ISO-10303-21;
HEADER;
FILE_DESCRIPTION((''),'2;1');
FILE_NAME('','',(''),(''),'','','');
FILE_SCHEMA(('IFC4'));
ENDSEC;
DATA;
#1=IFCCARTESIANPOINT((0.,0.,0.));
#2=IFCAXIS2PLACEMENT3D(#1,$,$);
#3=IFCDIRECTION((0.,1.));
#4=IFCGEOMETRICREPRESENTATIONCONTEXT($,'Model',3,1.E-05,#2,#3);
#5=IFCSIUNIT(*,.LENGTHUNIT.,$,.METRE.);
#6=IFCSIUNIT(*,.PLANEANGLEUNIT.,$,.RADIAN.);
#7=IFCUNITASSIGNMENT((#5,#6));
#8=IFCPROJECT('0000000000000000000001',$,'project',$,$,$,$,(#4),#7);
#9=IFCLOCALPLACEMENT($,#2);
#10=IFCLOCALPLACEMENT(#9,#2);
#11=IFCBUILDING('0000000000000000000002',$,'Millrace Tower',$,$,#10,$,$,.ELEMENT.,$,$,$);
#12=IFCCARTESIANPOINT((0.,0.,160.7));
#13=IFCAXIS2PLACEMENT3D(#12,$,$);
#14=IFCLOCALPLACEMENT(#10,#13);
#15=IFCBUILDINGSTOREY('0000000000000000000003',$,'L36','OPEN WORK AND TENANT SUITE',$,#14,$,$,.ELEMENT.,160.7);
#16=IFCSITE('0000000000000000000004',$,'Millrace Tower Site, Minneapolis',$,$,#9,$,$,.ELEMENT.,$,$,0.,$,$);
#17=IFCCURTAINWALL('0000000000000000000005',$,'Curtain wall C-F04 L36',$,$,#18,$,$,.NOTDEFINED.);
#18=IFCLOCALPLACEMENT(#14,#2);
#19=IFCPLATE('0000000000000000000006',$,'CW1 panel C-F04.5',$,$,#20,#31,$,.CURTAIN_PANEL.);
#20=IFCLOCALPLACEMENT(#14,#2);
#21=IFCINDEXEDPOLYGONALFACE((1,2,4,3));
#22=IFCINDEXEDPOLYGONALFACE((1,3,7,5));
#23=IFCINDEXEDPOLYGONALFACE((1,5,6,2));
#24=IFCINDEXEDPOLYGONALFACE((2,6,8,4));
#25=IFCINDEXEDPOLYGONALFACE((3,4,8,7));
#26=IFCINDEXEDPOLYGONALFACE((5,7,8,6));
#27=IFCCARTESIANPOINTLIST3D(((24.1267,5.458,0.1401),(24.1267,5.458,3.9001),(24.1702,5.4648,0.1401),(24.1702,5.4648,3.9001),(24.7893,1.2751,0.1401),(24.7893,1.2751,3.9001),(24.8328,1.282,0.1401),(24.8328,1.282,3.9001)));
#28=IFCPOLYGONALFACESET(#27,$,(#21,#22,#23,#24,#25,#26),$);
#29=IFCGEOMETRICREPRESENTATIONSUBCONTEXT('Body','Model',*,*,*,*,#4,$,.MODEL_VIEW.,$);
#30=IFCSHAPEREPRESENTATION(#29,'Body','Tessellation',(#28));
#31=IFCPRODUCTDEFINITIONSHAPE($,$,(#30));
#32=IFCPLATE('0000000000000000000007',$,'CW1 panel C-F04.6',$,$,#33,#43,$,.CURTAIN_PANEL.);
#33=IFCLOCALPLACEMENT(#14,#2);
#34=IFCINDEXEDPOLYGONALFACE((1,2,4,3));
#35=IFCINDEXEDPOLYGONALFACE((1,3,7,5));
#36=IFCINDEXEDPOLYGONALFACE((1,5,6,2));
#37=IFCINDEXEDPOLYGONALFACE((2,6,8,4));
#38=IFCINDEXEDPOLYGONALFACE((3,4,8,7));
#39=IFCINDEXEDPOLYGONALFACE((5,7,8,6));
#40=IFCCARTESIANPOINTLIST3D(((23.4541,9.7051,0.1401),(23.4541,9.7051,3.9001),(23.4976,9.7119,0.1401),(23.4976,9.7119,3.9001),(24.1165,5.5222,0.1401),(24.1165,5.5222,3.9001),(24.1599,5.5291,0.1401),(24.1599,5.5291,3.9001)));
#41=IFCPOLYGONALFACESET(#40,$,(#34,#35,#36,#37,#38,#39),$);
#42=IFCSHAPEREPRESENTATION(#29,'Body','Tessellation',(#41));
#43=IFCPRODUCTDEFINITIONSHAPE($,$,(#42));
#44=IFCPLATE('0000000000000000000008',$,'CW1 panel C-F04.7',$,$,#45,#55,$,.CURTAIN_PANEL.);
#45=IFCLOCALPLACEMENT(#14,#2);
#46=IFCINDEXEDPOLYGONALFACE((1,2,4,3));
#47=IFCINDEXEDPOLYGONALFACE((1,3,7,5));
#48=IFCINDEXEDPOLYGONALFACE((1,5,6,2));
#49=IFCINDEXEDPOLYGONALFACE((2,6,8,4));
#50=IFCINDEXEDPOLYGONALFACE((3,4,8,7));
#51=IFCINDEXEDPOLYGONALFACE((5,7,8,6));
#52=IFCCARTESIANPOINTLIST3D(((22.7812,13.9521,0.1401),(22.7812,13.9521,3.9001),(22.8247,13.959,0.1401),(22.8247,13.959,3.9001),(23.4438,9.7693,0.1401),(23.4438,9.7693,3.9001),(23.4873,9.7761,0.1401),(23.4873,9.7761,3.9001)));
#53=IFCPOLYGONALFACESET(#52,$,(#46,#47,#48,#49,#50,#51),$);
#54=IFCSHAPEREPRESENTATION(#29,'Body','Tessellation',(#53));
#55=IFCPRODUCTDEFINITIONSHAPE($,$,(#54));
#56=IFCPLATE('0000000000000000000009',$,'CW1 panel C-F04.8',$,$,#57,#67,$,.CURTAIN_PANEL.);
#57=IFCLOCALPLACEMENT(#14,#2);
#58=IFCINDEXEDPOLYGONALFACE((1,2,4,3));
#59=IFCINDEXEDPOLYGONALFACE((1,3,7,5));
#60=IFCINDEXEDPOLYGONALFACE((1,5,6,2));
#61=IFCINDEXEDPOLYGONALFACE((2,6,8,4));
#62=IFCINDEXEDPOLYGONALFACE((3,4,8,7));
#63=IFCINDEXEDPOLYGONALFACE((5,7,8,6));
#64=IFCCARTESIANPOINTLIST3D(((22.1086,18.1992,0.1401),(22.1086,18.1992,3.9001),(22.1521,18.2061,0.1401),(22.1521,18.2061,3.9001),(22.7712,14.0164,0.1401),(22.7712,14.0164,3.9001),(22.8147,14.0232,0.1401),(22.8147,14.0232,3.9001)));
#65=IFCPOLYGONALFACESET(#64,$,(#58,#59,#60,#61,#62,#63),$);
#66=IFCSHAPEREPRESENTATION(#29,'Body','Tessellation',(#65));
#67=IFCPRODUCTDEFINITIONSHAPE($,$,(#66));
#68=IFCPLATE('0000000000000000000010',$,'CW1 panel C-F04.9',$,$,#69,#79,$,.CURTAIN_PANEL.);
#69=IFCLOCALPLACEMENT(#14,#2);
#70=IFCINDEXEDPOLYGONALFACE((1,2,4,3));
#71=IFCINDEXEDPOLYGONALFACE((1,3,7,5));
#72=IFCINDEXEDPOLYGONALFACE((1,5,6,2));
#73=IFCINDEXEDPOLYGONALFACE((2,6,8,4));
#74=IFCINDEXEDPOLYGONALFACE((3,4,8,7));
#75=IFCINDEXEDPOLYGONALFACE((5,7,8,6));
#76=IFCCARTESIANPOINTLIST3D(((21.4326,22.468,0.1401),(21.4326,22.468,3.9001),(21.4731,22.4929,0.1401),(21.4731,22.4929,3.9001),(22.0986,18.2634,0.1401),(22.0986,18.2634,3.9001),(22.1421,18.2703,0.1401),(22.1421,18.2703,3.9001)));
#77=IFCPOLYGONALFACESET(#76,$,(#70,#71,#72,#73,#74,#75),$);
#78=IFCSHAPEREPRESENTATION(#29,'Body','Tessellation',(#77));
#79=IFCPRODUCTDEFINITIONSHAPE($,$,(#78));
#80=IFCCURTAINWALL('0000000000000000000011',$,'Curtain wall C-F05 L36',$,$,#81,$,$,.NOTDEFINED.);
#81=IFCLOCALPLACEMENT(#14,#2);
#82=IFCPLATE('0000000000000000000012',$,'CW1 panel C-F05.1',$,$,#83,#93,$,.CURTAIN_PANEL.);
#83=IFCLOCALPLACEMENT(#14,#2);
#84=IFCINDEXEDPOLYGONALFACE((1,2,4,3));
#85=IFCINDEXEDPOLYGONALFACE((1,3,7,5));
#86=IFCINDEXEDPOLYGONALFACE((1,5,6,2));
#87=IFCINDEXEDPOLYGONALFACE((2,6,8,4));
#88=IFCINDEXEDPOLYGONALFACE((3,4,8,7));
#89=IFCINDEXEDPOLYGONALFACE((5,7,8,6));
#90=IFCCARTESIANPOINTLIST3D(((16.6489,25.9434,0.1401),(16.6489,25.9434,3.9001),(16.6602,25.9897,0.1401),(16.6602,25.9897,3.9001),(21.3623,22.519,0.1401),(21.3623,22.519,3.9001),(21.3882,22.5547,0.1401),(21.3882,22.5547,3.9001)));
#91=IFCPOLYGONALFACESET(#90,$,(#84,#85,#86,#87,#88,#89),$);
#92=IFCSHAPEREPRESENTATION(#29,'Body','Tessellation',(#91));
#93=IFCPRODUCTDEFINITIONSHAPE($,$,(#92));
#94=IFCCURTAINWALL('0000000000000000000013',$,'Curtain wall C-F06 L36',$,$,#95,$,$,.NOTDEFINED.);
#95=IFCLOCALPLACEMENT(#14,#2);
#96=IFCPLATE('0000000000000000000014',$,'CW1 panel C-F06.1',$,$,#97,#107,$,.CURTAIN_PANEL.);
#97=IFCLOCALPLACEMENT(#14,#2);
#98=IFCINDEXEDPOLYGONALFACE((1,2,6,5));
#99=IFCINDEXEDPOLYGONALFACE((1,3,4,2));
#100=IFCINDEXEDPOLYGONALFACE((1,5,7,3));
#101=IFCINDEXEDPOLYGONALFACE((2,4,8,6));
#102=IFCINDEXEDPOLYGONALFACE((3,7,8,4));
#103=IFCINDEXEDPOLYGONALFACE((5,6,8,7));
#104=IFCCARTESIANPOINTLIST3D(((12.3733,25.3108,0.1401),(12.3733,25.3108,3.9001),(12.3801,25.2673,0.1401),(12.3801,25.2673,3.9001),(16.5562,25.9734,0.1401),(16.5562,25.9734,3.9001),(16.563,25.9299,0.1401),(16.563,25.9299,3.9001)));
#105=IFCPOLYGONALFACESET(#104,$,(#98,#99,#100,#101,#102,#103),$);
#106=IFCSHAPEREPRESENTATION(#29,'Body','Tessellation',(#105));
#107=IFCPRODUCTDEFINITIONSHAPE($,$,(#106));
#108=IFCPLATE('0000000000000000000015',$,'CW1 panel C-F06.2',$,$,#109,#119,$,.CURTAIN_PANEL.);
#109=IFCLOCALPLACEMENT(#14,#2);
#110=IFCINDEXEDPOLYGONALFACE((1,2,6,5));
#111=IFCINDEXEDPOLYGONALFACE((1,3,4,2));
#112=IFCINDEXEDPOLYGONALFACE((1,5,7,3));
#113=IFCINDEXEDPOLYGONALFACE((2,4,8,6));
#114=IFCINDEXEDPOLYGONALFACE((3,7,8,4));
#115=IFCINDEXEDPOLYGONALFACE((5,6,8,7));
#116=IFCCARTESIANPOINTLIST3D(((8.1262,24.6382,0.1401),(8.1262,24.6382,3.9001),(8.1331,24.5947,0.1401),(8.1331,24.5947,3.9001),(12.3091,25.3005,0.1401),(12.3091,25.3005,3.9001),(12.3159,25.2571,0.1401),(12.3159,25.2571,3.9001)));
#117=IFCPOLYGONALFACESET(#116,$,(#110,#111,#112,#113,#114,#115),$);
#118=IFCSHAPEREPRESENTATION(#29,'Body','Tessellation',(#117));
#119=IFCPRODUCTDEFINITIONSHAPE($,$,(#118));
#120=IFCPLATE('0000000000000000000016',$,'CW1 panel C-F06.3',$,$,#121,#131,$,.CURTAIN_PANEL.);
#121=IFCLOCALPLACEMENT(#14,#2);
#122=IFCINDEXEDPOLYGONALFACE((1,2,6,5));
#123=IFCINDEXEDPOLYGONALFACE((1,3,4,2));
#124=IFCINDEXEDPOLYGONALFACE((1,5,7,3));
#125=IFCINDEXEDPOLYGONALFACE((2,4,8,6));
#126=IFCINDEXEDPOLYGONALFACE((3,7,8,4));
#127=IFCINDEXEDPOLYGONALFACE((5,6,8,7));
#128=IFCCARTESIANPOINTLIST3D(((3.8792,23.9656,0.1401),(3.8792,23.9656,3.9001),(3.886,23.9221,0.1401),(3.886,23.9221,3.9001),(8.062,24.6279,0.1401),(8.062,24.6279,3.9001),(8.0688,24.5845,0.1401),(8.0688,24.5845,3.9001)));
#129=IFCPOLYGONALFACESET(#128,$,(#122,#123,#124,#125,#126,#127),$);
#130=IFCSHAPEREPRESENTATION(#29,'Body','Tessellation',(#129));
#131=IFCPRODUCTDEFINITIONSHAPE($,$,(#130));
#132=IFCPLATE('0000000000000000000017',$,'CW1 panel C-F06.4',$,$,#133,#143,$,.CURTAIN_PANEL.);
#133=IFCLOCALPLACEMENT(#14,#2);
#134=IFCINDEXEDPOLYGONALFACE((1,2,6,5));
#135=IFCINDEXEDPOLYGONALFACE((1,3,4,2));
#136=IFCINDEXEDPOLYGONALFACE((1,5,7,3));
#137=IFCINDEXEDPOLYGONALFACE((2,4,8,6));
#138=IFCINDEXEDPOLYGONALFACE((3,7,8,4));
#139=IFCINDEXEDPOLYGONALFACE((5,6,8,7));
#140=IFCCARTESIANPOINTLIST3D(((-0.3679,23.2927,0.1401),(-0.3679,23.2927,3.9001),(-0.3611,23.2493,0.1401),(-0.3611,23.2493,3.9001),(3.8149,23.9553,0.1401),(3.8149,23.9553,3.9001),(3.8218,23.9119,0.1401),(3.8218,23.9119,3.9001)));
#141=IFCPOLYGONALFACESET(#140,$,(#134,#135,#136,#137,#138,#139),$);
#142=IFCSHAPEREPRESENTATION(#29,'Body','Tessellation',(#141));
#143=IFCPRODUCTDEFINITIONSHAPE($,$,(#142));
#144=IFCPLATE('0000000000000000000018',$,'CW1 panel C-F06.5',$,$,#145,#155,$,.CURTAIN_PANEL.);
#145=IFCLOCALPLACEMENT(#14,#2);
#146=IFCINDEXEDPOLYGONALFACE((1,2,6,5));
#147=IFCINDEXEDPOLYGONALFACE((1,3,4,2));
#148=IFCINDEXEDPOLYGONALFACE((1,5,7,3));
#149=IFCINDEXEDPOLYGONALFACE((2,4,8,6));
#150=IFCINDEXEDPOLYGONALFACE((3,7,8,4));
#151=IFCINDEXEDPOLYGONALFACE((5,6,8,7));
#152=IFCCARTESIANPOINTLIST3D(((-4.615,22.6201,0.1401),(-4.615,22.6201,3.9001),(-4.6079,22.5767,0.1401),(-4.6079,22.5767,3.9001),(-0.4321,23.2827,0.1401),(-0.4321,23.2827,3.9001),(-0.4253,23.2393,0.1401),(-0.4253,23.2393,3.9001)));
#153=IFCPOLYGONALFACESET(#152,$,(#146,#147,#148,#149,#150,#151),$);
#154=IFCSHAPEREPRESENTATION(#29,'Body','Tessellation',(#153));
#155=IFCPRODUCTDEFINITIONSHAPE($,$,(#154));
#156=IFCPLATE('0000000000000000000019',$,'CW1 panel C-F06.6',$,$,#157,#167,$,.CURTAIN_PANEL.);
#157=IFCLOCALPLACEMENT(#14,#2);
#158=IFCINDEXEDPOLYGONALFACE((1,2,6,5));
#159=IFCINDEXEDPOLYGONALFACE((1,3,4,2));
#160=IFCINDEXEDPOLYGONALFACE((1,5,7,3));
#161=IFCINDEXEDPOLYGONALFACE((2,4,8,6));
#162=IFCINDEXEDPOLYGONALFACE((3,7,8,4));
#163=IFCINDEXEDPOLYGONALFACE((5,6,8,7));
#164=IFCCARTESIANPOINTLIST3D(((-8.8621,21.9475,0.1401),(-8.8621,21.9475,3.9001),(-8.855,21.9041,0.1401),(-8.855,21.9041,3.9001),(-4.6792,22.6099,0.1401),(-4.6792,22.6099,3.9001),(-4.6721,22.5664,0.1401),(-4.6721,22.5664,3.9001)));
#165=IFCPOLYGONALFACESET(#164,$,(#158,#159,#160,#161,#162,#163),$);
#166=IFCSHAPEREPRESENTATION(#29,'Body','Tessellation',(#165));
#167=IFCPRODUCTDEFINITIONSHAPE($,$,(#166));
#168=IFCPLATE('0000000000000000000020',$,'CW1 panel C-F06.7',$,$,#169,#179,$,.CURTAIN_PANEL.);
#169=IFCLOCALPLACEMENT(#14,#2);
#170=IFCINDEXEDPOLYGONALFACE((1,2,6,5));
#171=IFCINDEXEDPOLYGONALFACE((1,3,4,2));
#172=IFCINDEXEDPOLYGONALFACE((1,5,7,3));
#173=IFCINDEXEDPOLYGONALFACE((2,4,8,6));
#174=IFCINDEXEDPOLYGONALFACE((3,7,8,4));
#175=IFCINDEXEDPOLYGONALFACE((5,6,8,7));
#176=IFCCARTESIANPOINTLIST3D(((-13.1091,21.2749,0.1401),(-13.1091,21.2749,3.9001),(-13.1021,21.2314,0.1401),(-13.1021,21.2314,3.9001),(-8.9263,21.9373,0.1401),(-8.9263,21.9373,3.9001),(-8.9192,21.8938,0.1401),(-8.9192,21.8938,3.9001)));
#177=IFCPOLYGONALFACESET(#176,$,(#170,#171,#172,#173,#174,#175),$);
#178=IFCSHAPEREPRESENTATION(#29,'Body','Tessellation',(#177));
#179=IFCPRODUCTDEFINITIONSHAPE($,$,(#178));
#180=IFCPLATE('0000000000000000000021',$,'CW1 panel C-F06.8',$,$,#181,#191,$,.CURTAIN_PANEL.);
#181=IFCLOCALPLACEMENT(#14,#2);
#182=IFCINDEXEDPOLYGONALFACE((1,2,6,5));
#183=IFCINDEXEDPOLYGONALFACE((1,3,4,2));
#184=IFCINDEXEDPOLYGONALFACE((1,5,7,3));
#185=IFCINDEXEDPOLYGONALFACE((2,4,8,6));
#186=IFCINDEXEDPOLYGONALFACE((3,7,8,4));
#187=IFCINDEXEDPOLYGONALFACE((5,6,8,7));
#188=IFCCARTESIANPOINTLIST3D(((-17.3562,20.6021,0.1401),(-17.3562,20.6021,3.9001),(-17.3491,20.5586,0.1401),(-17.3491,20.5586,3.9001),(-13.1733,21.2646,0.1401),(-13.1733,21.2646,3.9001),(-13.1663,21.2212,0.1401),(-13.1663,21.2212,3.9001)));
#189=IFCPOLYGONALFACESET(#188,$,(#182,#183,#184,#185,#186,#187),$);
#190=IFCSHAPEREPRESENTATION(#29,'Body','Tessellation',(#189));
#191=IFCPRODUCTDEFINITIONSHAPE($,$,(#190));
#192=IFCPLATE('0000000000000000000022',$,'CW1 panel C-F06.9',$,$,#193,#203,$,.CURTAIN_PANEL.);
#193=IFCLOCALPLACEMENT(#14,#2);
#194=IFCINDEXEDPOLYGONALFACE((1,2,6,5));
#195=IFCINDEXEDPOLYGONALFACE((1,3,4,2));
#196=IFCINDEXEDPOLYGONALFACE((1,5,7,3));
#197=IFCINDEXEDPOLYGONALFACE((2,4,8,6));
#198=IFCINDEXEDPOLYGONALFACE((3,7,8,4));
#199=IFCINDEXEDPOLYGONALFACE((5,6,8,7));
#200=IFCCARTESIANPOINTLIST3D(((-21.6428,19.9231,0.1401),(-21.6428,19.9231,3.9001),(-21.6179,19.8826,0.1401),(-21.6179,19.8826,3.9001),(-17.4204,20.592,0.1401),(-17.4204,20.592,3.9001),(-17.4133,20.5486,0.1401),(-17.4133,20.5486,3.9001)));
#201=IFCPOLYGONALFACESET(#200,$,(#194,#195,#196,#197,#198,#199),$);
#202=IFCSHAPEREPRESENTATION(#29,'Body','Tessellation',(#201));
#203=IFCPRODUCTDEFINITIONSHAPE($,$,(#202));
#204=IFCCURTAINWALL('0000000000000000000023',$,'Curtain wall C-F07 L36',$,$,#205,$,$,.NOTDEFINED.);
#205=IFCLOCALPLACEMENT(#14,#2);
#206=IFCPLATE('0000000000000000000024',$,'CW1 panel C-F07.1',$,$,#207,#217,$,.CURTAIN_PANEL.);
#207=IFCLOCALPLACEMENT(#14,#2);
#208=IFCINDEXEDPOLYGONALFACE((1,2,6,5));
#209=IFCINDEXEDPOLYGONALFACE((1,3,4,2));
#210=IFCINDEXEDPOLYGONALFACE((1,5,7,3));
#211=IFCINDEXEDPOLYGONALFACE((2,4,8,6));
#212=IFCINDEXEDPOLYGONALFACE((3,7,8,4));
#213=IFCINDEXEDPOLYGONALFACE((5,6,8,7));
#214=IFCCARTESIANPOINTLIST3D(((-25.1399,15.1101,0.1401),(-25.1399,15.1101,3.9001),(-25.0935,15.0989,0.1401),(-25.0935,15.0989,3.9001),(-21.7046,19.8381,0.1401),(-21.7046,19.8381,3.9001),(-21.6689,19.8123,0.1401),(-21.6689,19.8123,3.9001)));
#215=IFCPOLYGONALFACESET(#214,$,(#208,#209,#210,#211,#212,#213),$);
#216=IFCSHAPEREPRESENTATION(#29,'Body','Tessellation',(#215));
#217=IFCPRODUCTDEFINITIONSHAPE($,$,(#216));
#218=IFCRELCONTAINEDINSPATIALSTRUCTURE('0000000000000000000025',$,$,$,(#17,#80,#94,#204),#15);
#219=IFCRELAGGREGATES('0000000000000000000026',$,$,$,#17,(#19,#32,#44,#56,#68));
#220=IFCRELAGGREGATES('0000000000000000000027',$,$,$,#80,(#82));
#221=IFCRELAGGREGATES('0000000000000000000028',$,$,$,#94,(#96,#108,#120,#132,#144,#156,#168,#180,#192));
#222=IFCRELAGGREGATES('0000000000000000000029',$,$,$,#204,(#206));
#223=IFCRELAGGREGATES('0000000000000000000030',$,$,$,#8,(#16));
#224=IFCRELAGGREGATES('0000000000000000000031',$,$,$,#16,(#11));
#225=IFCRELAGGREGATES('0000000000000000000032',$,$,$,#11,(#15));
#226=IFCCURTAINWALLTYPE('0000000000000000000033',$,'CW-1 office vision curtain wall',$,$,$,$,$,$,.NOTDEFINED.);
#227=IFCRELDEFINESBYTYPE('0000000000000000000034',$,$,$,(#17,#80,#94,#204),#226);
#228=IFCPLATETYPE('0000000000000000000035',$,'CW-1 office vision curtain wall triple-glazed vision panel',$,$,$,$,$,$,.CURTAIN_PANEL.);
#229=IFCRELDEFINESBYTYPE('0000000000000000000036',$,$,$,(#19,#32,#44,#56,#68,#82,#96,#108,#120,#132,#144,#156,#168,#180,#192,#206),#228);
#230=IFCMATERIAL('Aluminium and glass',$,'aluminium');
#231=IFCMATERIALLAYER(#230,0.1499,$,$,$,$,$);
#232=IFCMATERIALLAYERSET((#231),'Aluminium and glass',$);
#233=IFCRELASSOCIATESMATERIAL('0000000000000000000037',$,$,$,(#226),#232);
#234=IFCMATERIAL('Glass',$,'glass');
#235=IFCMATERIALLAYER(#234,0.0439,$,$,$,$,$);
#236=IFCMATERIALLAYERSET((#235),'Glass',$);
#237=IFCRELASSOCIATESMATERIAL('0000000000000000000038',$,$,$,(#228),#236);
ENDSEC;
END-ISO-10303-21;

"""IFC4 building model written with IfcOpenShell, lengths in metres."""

from ifc_helpers import new_model, si_unit, direction, frame, origin, place, context, subcontext, project, spatial, polyline, outline, extrude, material, layer, layer_set, type_object, element, aggregate, save


model = new_model("IFC4")

# Units and contexts
model_context = context("Model", 3, precision=1e-05, world=origin(), true_north=direction((0.0, 1.0)))
body_context = subcontext(model_context, "Body", "Model", "MODEL_VIEW")
ifc_project = project(units=[si_unit("LENGTHUNIT", "METRE"), si_unit("PLANEANGLEUNIT", "RADIAN")], contexts=[model_context])

# Site, building, storey
site_placement = place(None, origin())
site = spatial("IfcSite", under=ifc_project, at=site_placement, Name="Millrace Tower Site, Minneapolis", CompositionType="ELEMENT", RefElevation=0.0)
building_placement = place(site_placement, origin())
building = spatial("IfcBuilding", under=site, at=building_placement, Name="Millrace Tower", CompositionType="ELEMENT")
storey_placement = place(building_placement, frame((0.0, 0.0, 160.7)))
storey = spatial("IfcBuildingStorey", under=building, at=storey_placement, Name="L36", Description="OPEN WORK AND TENANT SUITE", CompositionType="ELEMENT", Elevation=160.7)

# Curtain wall, plates
ifc_material_1 = material(Name="Aluminium and glass", Category="aluminium")
ifc_layer_1 = layer(ifc_material_1, 0.1499)
ifc_layer_set_1 = layer_set([ifc_layer_1], Name="Aluminium and glass")
curtain_wall_type = type_object("IfcCurtainWallType", Name="CW-1 office vision curtain wall", PredefinedType="NOTDEFINED", material=ifc_layer_set_1)
placement_1 = place(storey_placement, origin())
curtain_wall_1 = element("IfcCurtainWall", 1, at=placement_1, inside=storey, type_object=curtain_wall_type, Name="Curtain wall C-F04 L36", PredefinedType="NOTDEFINED")
ifc_material_2 = material(Name="Glass", Category="glass")
ifc_layer_2 = layer(ifc_material_2, 0.0439)
ifc_layer_set_2 = layer_set([ifc_layer_2], Name="Glass")
plate_type = type_object("IfcPlateType", Name="CW-1 office vision curtain wall triple-glazed vision panel", PredefinedType="CURTAIN_PANEL", material=ifc_layer_set_2)
placement_2 = place(storey_placement, frame((0.0, 0.0, 0.1401)))
plate_1 = element("IfcPlate", 2, at=placement_2, type_object=plate_type, Name="CW1 panel C-F04.5", PredefinedType="CURTAIN_PANEL", context=body_context, shape_type="SweptSolid", body=[
    extrude(outline(polyline([(24.8328, 1.282), (24.1702, 5.4648), (24.1267, 5.458), (24.7893, 1.2751), (24.8328, 1.282)])), origin(), (0.0, 0.0, 1.0), 3.76),
])
plate_2 = element("IfcPlate", 3, at=placement_2, type_object=plate_type, Name="CW1 panel C-F04.6", PredefinedType="CURTAIN_PANEL", context=body_context, shape_type="SweptSolid", body=[
    extrude(outline(polyline([(24.1599, 5.5291), (23.4976, 9.7119), (23.4541, 9.7051), (24.1165, 5.5222), (24.1599, 5.5291)])), origin(), (0.0, 0.0, 1.0), 3.76),
])
plate_3 = element("IfcPlate", 4, at=placement_2, type_object=plate_type, Name="CW1 panel C-F04.7", PredefinedType="CURTAIN_PANEL", context=body_context, shape_type="SweptSolid", body=[
    extrude(outline(polyline([(23.4873, 9.7761), (22.8247, 13.959), (22.7812, 13.9521), (23.4438, 9.7693), (23.4873, 9.7761)])), origin(), (0.0, 0.0, 1.0), 3.76),
])
plate_4 = element("IfcPlate", 5, at=placement_2, type_object=plate_type, Name="CW1 panel C-F04.8", PredefinedType="CURTAIN_PANEL", context=body_context, shape_type="SweptSolid", body=[
    extrude(outline(polyline([(22.8147, 14.0232), (22.1521, 18.2061), (22.1086, 18.1992), (22.7712, 14.0164), (22.8147, 14.0232)])), origin(), (0.0, 0.0, 1.0), 3.76),
])
plate_5 = element("IfcPlate", 6, at=placement_2, type_object=plate_type, Name="CW1 panel C-F04.9", PredefinedType="CURTAIN_PANEL", context=body_context, shape_type="SweptSolid", body=[
    extrude(outline(polyline([(22.1421, 18.2703), (21.4731, 22.4929), (21.4326, 22.468), (22.0986, 18.2634), (22.1421, 18.2703)])), origin(), (0.0, 0.0, 1.0), 3.76),
])
aggregate(curtain_wall_1, [plate_1, plate_2, plate_3, plate_4, plate_5])

# Curtain wall, plate
curtain_wall_2 = element("IfcCurtainWall", 7, at=placement_1, inside=storey, type_object=curtain_wall_type, Name="Curtain wall C-F05 L36", PredefinedType="NOTDEFINED")
plate_6 = element("IfcPlate", 8, at=placement_2, type_object=plate_type, Name="CW1 panel C-F05.1", PredefinedType="CURTAIN_PANEL", context=body_context, shape_type="SweptSolid", body=[
    extrude(outline(polyline([(21.3882, 22.5547), (16.6602, 25.9897), (16.6489, 25.9434), (21.3623, 22.519), (21.3882, 22.5547)])), origin(), (0.0, 0.0, 1.0), 3.76),
])
aggregate(curtain_wall_2, [plate_6])

# Curtain wall, plates
curtain_wall_3 = element("IfcCurtainWall", 9, at=placement_1, inside=storey, type_object=curtain_wall_type, Name="Curtain wall C-F06 L36", PredefinedType="NOTDEFINED")
plate_7 = element("IfcPlate", 10, at=placement_2, type_object=plate_type, Name="CW1 panel C-F06.1", PredefinedType="CURTAIN_PANEL", context=body_context, shape_type="SweptSolid", body=[
    extrude(outline(polyline([(16.5562, 25.9734), (12.3733, 25.3108), (12.3801, 25.2673), (16.563, 25.9299), (16.5562, 25.9734)])), origin(), (0.0, 0.0, 1.0), 3.76),
])
plate_8 = element("IfcPlate", 11, at=placement_2, type_object=plate_type, Name="CW1 panel C-F06.2", PredefinedType="CURTAIN_PANEL", context=body_context, shape_type="SweptSolid", body=[
    extrude(outline(polyline([(12.3091, 25.3005), (8.1262, 24.6382), (8.1331, 24.5947), (12.3159, 25.2571), (12.3091, 25.3005)])), origin(), (0.0, 0.0, 1.0), 3.76),
])
plate_9 = element("IfcPlate", 12, at=placement_2, type_object=plate_type, Name="CW1 panel C-F06.3", PredefinedType="CURTAIN_PANEL", context=body_context, shape_type="SweptSolid", body=[
    extrude(outline(polyline([(8.062, 24.6279), (3.8792, 23.9656), (3.886, 23.9221), (8.0688, 24.5845), (8.062, 24.6279)])), origin(), (0.0, 0.0, 1.0), 3.76),
])
plate_10 = element("IfcPlate", 13, at=placement_2, type_object=plate_type, Name="CW1 panel C-F06.4", PredefinedType="CURTAIN_PANEL", context=body_context, shape_type="SweptSolid", body=[
    extrude(outline(polyline([(3.8149, 23.9553), (-0.3679, 23.2927), (-0.3611, 23.2493), (3.8218, 23.9119), (3.8149, 23.9553)])), origin(), (0.0, 0.0, 1.0), 3.76),
])
plate_11 = element("IfcPlate", 14, at=placement_2, type_object=plate_type, Name="CW1 panel C-F06.5", PredefinedType="CURTAIN_PANEL", context=body_context, shape_type="SweptSolid", body=[
    extrude(outline(polyline([(-0.4321, 23.2827), (-4.615, 22.6201), (-4.6079, 22.5767), (-0.4253, 23.2393), (-0.4321, 23.2827)])), origin(), (0.0, 0.0, 1.0), 3.76),
])
plate_12 = element("IfcPlate", 15, at=placement_2, type_object=plate_type, Name="CW1 panel C-F06.6", PredefinedType="CURTAIN_PANEL", context=body_context, shape_type="SweptSolid", body=[
    extrude(outline(polyline([(-4.6792, 22.6099), (-8.8621, 21.9475), (-8.855, 21.9041), (-4.6721, 22.5664), (-4.6792, 22.6099)])), origin(), (0.0, 0.0, 1.0), 3.76),
])
plate_13 = element("IfcPlate", 16, at=placement_2, type_object=plate_type, Name="CW1 panel C-F06.7", PredefinedType="CURTAIN_PANEL", context=body_context, shape_type="SweptSolid", body=[
    extrude(outline(polyline([(-8.9263, 21.9373), (-13.1091, 21.2749), (-13.1021, 21.2314), (-8.9192, 21.8938), (-8.9263, 21.9373)])), origin(), (0.0, 0.0, 1.0), 3.76),
])
plate_14 = element("IfcPlate", 17, at=placement_2, type_object=plate_type, Name="CW1 panel C-F06.8", PredefinedType="CURTAIN_PANEL", context=body_context, shape_type="SweptSolid", body=[
    extrude(outline(polyline([(-13.1733, 21.2646), (-17.3562, 20.6021), (-17.3491, 20.5586), (-13.1663, 21.2212), (-13.1733, 21.2646)])), origin(), (0.0, 0.0, 1.0), 3.76),
])
plate_15 = element("IfcPlate", 18, at=placement_2, type_object=plate_type, Name="CW1 panel C-F06.9", PredefinedType="CURTAIN_PANEL", context=body_context, shape_type="SweptSolid", body=[
    extrude(outline(polyline([(-17.4204, 20.592), (-21.6428, 19.9231), (-21.6179, 19.8826), (-17.4133, 20.5486), (-17.4204, 20.592)])), origin(), (0.0, 0.0, 1.0), 3.76),
])
aggregate(curtain_wall_3, [plate_7, plate_8, plate_9, plate_10, plate_11, plate_12, plate_13, plate_14, plate_15])

# Curtain wall, plate
curtain_wall_4 = element("IfcCurtainWall", 19, at=placement_1, inside=storey, type_object=curtain_wall_type, Name="Curtain wall C-F07 L36", PredefinedType="NOTDEFINED")
plate_16 = element("IfcPlate", 20, at=placement_2, type_object=plate_type, Name="CW1 panel C-F07.1", PredefinedType="CURTAIN_PANEL", context=body_context, shape_type="SweptSolid", body=[
    extrude(outline(polyline([(-21.7046, 19.8381), (-25.1399, 15.1101), (-25.0935, 15.0989), (-21.6689, 19.8123), (-21.7046, 19.8381)])), origin(), (0.0, 0.0, 1.0), 3.76),
])
aggregate(curtain_wall_4, [plate_16])

save(model, "model.ifc")
